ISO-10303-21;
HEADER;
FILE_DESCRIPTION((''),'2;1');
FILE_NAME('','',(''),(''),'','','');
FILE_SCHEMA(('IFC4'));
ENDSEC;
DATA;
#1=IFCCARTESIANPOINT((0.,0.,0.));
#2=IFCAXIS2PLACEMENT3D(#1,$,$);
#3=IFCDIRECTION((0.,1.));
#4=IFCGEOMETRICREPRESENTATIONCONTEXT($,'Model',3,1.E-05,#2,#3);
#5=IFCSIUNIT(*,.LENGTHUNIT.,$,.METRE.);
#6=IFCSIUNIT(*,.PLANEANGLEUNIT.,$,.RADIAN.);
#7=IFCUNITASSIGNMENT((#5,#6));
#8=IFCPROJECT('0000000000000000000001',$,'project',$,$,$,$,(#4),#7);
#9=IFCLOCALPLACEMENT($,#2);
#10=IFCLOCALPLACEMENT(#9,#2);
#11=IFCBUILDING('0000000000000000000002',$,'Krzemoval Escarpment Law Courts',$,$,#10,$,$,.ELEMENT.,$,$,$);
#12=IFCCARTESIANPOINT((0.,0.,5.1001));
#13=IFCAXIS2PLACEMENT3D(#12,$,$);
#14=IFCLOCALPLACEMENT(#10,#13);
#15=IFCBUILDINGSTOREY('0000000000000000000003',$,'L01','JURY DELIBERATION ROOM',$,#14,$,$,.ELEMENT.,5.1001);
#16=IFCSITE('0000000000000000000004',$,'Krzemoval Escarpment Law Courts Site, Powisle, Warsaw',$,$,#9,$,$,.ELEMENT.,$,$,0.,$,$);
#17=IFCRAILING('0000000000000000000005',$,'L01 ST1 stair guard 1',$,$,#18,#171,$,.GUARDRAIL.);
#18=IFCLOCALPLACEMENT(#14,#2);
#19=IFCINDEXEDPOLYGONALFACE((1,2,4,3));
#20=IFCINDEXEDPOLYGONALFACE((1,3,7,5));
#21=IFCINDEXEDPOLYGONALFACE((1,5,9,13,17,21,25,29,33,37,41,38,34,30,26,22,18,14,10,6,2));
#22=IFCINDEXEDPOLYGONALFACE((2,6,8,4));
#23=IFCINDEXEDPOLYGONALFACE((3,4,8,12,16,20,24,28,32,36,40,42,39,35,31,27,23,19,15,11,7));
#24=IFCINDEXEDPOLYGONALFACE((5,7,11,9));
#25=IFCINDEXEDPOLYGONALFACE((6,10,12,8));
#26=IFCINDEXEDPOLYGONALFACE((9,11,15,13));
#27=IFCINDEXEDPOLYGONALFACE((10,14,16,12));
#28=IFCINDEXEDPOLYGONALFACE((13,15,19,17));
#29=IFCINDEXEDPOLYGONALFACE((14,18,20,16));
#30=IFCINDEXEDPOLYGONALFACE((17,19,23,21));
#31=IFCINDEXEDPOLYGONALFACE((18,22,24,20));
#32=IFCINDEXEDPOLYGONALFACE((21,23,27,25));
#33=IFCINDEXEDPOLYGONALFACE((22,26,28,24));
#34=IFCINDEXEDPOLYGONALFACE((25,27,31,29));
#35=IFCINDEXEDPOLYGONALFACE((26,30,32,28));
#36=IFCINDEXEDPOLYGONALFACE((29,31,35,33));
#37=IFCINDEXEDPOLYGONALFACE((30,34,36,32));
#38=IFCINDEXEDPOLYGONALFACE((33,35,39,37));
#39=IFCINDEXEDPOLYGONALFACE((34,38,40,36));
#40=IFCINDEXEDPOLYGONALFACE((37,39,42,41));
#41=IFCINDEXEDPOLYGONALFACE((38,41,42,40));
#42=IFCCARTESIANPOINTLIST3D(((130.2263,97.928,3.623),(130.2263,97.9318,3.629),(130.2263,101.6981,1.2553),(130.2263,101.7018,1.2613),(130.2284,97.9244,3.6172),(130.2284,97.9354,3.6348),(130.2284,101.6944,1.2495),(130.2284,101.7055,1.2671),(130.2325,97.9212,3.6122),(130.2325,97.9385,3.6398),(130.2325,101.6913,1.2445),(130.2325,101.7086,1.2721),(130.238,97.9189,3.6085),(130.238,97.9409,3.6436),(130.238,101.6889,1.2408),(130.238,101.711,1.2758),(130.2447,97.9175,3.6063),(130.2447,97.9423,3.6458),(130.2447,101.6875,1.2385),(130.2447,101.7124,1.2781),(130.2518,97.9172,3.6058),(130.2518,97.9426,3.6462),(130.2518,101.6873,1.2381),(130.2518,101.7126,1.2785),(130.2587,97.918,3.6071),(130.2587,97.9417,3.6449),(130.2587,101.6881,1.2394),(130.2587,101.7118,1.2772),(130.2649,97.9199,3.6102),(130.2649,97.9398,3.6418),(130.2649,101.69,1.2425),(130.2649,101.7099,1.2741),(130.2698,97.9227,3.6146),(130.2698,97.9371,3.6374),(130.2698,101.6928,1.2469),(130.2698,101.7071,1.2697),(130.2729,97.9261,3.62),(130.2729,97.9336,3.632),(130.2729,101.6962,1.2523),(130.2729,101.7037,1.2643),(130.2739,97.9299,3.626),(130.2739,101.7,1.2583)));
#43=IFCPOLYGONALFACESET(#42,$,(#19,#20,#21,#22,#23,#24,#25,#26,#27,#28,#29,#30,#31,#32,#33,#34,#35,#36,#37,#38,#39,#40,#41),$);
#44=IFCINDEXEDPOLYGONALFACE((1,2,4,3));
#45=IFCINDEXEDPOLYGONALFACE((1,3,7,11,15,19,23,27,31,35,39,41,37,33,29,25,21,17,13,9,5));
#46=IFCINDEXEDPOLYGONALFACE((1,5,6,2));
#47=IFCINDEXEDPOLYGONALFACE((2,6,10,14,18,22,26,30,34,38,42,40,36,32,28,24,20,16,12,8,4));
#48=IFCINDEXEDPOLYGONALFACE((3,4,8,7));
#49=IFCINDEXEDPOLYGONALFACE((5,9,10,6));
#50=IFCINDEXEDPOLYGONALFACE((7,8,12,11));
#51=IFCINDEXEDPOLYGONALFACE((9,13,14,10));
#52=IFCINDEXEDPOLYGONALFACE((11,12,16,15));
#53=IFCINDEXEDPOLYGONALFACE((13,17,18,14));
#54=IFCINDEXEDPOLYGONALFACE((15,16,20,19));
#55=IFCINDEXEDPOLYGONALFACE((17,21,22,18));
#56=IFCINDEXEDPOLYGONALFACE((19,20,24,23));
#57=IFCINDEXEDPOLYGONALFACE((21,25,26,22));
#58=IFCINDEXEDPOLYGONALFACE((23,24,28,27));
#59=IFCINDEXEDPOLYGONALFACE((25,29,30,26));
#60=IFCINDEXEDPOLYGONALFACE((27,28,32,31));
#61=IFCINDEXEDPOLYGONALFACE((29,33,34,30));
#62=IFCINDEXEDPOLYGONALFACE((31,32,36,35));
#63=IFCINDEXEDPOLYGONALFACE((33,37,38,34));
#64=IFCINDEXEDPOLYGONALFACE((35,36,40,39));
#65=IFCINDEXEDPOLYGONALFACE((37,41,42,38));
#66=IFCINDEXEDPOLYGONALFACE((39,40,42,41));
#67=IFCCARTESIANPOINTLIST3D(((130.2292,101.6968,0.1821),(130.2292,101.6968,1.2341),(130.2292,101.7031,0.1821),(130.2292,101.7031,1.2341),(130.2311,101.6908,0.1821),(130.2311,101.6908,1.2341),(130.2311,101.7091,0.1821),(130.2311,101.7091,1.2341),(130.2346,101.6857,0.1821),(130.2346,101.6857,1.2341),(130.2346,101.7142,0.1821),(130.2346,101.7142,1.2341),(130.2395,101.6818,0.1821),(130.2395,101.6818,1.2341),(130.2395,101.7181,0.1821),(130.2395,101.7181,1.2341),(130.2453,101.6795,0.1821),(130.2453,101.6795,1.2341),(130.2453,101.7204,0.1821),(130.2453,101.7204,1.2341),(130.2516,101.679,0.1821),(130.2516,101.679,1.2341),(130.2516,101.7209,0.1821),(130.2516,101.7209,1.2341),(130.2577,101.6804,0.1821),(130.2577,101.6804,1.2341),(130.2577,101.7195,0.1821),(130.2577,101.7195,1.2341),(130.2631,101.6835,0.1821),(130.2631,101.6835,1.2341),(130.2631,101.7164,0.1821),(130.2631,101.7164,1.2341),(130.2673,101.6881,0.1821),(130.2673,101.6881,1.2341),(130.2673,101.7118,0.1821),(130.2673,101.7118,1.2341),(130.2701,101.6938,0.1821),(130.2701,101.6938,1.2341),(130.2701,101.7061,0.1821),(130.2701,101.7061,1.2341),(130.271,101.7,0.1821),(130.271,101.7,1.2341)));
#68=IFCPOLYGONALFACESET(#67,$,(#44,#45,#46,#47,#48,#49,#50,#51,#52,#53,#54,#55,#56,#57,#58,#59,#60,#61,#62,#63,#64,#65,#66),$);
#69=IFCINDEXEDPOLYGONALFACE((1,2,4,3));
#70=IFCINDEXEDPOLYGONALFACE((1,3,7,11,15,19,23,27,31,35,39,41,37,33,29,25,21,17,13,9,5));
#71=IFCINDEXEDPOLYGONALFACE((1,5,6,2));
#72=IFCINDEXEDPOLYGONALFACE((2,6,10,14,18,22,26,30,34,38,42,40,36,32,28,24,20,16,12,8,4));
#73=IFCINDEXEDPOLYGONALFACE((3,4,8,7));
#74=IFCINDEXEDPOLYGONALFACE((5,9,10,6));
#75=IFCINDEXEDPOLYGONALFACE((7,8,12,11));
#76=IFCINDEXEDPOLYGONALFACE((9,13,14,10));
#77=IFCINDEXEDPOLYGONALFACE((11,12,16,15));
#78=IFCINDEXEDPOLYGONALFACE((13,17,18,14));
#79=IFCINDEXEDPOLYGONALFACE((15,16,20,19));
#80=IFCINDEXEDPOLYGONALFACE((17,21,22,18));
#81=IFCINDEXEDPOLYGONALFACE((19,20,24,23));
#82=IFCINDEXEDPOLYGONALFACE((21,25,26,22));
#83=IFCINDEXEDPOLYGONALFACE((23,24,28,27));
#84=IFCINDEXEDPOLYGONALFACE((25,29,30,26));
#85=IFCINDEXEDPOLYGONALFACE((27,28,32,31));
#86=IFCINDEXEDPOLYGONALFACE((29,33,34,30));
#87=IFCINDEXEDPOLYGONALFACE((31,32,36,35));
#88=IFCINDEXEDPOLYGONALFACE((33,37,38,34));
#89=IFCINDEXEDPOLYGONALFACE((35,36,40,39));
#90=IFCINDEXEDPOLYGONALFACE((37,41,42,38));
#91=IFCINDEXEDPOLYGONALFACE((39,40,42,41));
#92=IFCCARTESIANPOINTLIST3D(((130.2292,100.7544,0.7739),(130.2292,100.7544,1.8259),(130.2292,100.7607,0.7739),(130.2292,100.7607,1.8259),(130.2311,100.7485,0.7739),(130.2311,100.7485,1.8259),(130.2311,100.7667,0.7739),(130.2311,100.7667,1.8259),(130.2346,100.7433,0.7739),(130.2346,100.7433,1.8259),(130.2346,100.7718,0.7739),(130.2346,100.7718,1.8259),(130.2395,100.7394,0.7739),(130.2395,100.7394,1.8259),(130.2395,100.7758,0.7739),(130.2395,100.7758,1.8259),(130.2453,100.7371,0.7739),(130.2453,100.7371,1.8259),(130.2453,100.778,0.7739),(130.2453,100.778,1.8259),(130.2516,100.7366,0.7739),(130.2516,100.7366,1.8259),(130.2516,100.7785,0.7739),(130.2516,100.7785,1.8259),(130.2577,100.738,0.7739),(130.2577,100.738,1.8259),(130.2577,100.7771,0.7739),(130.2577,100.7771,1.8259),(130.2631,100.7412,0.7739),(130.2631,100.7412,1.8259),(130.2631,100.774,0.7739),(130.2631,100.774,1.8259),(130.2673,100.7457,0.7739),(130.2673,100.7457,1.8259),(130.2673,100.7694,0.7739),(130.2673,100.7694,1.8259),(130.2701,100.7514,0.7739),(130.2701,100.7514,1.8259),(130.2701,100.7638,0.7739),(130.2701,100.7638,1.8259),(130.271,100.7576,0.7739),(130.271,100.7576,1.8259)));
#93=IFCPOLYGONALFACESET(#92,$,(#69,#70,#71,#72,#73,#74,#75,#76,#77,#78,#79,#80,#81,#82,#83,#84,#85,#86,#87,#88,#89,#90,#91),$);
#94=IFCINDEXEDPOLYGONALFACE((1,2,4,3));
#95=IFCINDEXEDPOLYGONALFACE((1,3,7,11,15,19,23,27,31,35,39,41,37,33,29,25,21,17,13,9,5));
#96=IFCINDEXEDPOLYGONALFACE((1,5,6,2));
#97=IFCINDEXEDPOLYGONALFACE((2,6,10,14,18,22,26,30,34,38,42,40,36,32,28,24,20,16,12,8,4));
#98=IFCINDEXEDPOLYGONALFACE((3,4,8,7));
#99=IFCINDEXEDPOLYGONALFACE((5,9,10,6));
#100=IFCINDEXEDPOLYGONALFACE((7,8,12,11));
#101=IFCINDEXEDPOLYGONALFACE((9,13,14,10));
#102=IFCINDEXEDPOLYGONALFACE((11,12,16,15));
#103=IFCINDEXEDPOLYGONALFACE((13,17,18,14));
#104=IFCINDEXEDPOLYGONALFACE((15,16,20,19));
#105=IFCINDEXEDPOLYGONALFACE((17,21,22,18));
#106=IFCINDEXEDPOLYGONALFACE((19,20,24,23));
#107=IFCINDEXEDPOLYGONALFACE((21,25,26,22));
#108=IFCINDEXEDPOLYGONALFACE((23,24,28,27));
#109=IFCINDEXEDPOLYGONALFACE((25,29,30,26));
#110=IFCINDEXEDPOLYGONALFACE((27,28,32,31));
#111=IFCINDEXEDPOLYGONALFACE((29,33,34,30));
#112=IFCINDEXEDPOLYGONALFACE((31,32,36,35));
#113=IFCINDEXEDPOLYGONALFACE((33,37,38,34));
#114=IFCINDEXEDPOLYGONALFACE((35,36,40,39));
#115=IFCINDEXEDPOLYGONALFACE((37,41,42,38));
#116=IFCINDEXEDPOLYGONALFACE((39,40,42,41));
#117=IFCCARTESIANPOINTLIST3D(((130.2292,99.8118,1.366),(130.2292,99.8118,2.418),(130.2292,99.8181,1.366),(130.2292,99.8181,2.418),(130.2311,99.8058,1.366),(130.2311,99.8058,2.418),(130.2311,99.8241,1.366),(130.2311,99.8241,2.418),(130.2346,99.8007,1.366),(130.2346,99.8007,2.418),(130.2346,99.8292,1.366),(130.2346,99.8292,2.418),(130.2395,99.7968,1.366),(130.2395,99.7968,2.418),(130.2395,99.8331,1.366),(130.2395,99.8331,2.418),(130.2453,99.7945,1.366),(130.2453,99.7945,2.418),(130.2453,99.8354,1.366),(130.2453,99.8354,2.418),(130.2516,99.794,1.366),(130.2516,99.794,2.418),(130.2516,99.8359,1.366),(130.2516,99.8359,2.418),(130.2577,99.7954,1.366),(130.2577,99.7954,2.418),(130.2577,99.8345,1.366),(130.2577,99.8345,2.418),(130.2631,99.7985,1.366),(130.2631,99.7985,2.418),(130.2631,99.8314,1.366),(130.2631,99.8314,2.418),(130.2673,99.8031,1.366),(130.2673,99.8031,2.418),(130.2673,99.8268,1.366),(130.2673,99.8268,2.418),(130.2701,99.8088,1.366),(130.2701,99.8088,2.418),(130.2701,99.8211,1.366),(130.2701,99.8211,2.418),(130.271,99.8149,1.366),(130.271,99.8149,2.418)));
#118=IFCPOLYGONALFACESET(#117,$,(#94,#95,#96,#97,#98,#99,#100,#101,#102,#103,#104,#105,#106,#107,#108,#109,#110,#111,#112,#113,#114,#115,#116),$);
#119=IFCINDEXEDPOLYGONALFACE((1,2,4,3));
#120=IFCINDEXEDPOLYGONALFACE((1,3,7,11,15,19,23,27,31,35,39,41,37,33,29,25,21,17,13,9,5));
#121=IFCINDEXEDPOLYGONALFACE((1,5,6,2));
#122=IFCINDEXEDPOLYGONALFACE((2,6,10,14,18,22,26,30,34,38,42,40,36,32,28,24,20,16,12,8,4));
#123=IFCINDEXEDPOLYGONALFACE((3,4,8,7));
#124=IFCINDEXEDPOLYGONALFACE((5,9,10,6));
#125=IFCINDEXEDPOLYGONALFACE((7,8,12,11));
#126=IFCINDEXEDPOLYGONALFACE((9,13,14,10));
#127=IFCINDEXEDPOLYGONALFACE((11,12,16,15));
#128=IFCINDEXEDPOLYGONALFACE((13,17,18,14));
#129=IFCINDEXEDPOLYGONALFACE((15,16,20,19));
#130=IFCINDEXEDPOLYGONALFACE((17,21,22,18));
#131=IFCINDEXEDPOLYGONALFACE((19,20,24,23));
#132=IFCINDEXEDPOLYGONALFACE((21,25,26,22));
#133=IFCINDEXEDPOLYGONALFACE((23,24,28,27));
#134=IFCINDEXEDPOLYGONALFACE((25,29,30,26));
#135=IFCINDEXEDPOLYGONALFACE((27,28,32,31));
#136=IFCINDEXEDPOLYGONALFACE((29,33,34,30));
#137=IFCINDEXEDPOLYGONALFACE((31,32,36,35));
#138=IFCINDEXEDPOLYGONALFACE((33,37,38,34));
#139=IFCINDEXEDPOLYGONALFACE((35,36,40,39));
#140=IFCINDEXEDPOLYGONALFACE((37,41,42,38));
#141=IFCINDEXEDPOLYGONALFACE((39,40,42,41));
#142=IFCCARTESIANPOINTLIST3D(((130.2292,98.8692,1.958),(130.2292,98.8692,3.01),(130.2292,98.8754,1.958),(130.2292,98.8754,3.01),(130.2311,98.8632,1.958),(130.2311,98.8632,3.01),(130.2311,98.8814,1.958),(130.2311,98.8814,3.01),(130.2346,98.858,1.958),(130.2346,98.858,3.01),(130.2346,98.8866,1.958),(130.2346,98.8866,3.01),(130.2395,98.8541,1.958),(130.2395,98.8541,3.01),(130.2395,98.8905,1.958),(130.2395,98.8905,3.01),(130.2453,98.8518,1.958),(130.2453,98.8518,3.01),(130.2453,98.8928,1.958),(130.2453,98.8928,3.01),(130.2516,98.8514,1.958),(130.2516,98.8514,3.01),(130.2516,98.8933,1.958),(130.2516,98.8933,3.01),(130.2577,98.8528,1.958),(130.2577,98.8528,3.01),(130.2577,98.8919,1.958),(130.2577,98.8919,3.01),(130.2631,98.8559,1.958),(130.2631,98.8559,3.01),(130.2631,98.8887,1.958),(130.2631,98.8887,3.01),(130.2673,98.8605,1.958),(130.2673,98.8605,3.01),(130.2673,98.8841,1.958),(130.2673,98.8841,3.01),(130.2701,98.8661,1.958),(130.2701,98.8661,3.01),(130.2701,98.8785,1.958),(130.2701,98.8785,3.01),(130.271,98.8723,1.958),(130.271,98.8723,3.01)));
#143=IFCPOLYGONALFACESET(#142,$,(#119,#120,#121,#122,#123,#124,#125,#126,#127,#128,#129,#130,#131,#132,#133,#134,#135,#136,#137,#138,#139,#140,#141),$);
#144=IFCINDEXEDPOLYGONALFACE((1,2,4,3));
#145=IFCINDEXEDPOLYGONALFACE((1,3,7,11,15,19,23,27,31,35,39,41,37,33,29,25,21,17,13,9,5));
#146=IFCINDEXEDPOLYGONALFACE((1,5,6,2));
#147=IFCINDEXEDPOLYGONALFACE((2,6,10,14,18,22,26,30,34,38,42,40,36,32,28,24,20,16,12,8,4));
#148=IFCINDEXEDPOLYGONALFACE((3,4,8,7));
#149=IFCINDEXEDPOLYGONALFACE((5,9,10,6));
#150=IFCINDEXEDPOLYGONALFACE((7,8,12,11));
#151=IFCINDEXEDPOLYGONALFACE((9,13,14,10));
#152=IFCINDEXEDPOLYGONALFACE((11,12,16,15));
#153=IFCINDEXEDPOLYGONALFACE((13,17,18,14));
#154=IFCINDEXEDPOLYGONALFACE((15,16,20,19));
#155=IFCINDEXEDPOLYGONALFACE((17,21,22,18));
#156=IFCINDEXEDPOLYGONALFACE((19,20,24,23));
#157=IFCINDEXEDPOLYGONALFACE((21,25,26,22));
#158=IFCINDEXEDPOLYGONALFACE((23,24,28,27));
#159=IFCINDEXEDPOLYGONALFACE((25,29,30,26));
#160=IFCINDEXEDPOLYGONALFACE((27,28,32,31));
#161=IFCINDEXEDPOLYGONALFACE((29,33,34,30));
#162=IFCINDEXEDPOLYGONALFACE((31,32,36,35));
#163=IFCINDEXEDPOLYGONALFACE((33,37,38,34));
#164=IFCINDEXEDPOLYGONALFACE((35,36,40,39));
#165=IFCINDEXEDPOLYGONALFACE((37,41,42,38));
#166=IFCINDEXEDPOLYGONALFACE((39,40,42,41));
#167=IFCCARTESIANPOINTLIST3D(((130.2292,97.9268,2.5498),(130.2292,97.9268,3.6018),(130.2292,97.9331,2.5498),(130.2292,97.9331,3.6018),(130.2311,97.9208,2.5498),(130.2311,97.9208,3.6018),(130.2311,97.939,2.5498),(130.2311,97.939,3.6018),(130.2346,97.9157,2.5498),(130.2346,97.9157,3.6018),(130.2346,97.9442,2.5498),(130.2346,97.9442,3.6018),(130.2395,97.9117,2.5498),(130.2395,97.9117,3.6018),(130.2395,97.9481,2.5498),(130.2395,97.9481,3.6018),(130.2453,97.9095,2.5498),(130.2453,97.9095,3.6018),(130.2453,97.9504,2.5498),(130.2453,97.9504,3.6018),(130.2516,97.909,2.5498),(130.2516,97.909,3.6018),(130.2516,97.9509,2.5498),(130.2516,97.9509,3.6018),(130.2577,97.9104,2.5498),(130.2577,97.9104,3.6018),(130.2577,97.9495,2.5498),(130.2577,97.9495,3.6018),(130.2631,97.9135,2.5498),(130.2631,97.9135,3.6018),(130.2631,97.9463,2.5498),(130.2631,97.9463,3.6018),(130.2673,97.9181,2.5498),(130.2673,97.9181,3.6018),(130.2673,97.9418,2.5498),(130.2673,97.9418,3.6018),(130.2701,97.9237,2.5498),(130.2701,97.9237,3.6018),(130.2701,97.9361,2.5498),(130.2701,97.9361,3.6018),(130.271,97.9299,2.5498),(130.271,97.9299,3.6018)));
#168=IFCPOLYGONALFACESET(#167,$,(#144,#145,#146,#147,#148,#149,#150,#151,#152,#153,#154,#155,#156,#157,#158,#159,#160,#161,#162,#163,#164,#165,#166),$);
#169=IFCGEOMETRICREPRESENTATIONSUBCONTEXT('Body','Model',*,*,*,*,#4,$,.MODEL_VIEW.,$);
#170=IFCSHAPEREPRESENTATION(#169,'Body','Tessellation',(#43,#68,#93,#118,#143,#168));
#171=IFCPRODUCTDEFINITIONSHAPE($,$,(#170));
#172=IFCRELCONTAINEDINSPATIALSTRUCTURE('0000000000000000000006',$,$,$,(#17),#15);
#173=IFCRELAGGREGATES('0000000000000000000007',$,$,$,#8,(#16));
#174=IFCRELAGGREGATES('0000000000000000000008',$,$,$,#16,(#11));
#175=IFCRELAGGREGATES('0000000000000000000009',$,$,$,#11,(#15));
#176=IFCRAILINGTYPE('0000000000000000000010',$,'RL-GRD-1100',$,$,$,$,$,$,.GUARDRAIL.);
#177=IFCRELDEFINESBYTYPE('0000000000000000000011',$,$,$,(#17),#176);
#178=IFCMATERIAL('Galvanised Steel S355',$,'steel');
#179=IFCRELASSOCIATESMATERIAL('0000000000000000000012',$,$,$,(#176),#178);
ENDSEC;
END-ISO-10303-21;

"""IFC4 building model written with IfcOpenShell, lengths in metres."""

from ifc_helpers import new_model, si_unit, direction, frame, origin, origin_2d, place, context, subcontext, project, spatial, circle, extrude, material, type_object, element, save


model = new_model("IFC4")

# Units and contexts
model_context = context("Model", 3, precision=1e-05, world=origin(), true_north=direction((0.0, 1.0)))
body_context = subcontext(model_context, "Body", "Model", "MODEL_VIEW")
ifc_project = project(units=[si_unit("LENGTHUNIT", "METRE"), si_unit("PLANEANGLEUNIT", "RADIAN")], contexts=[model_context])

# Site, building, storey
site_placement = place(None, origin())
site = spatial("IfcSite", under=ifc_project, at=site_placement, Name="Krzemoval Escarpment Law Courts Site, Powisle, Warsaw", CompositionType="ELEMENT", RefElevation=0.0)
building_placement = place(site_placement, origin())
building = spatial("IfcBuilding", under=site, at=building_placement, Name="Krzemoval Escarpment Law Courts", CompositionType="ELEMENT")
storey_placement = place(building_placement, frame((0.0, 0.0, 5.1001)))
storey = spatial("IfcBuildingStorey", under=building, at=storey_placement, Name="L01", Description="JURY DELIBERATION ROOM", CompositionType="ELEMENT", Elevation=5.1001)

# Railing
ifc_material_1 = material(Name="Galvanised Steel S355", Category="steel")
railing_type_1 = type_object("IfcRailingType", Name="RL-GRD-1100", PredefinedType="GUARDRAIL", material=ifc_material_1)
railing_1_placement = place(storey_placement, frame((130.25, 101.7, 0.1821)))
element("IfcRailing", 1, at=railing_1_placement, inside=storey, type_object=railing_type_1, Name="L01 ST1 stair guard 1", PredefinedType="GUARDRAIL", context=body_context, shape_type="SweptSolid", body=[
    extrude(circle(Radius=0.0239, at=origin_2d()), frame((0.0, 0.0, 1.0762), z_axis=(0.0, -0.846844, 0.531841), x_axis=(1.0, 0.0, 0.0)), (0.0, 0.0, 1.0), 4.4519),
    extrude(circle(Radius=0.021, at=origin_2d()), origin(), (0.0, 0.0, 1.0), 1.052),
    extrude(circle(Radius=0.021, at=origin_2d()), frame((0.0, -0.9424, 0.5918)), (0.0, 0.0, 1.0), 1.052),
    extrude(circle(Radius=0.021, at=origin_2d()), frame((0.0, -1.885, 1.1838)), (0.0, 0.0, 1.0), 1.052),
    extrude(circle(Radius=0.021, at=origin_2d()), frame((0.0, -2.8276, 1.7759)), (0.0, 0.0, 1.0), 1.052),
    extrude(circle(Radius=0.021, at=origin_2d()), frame((0.0, -3.77, 2.3677)), (0.0, 0.0, 1.0), 1.052),
])

save(model, "model.ifc")
